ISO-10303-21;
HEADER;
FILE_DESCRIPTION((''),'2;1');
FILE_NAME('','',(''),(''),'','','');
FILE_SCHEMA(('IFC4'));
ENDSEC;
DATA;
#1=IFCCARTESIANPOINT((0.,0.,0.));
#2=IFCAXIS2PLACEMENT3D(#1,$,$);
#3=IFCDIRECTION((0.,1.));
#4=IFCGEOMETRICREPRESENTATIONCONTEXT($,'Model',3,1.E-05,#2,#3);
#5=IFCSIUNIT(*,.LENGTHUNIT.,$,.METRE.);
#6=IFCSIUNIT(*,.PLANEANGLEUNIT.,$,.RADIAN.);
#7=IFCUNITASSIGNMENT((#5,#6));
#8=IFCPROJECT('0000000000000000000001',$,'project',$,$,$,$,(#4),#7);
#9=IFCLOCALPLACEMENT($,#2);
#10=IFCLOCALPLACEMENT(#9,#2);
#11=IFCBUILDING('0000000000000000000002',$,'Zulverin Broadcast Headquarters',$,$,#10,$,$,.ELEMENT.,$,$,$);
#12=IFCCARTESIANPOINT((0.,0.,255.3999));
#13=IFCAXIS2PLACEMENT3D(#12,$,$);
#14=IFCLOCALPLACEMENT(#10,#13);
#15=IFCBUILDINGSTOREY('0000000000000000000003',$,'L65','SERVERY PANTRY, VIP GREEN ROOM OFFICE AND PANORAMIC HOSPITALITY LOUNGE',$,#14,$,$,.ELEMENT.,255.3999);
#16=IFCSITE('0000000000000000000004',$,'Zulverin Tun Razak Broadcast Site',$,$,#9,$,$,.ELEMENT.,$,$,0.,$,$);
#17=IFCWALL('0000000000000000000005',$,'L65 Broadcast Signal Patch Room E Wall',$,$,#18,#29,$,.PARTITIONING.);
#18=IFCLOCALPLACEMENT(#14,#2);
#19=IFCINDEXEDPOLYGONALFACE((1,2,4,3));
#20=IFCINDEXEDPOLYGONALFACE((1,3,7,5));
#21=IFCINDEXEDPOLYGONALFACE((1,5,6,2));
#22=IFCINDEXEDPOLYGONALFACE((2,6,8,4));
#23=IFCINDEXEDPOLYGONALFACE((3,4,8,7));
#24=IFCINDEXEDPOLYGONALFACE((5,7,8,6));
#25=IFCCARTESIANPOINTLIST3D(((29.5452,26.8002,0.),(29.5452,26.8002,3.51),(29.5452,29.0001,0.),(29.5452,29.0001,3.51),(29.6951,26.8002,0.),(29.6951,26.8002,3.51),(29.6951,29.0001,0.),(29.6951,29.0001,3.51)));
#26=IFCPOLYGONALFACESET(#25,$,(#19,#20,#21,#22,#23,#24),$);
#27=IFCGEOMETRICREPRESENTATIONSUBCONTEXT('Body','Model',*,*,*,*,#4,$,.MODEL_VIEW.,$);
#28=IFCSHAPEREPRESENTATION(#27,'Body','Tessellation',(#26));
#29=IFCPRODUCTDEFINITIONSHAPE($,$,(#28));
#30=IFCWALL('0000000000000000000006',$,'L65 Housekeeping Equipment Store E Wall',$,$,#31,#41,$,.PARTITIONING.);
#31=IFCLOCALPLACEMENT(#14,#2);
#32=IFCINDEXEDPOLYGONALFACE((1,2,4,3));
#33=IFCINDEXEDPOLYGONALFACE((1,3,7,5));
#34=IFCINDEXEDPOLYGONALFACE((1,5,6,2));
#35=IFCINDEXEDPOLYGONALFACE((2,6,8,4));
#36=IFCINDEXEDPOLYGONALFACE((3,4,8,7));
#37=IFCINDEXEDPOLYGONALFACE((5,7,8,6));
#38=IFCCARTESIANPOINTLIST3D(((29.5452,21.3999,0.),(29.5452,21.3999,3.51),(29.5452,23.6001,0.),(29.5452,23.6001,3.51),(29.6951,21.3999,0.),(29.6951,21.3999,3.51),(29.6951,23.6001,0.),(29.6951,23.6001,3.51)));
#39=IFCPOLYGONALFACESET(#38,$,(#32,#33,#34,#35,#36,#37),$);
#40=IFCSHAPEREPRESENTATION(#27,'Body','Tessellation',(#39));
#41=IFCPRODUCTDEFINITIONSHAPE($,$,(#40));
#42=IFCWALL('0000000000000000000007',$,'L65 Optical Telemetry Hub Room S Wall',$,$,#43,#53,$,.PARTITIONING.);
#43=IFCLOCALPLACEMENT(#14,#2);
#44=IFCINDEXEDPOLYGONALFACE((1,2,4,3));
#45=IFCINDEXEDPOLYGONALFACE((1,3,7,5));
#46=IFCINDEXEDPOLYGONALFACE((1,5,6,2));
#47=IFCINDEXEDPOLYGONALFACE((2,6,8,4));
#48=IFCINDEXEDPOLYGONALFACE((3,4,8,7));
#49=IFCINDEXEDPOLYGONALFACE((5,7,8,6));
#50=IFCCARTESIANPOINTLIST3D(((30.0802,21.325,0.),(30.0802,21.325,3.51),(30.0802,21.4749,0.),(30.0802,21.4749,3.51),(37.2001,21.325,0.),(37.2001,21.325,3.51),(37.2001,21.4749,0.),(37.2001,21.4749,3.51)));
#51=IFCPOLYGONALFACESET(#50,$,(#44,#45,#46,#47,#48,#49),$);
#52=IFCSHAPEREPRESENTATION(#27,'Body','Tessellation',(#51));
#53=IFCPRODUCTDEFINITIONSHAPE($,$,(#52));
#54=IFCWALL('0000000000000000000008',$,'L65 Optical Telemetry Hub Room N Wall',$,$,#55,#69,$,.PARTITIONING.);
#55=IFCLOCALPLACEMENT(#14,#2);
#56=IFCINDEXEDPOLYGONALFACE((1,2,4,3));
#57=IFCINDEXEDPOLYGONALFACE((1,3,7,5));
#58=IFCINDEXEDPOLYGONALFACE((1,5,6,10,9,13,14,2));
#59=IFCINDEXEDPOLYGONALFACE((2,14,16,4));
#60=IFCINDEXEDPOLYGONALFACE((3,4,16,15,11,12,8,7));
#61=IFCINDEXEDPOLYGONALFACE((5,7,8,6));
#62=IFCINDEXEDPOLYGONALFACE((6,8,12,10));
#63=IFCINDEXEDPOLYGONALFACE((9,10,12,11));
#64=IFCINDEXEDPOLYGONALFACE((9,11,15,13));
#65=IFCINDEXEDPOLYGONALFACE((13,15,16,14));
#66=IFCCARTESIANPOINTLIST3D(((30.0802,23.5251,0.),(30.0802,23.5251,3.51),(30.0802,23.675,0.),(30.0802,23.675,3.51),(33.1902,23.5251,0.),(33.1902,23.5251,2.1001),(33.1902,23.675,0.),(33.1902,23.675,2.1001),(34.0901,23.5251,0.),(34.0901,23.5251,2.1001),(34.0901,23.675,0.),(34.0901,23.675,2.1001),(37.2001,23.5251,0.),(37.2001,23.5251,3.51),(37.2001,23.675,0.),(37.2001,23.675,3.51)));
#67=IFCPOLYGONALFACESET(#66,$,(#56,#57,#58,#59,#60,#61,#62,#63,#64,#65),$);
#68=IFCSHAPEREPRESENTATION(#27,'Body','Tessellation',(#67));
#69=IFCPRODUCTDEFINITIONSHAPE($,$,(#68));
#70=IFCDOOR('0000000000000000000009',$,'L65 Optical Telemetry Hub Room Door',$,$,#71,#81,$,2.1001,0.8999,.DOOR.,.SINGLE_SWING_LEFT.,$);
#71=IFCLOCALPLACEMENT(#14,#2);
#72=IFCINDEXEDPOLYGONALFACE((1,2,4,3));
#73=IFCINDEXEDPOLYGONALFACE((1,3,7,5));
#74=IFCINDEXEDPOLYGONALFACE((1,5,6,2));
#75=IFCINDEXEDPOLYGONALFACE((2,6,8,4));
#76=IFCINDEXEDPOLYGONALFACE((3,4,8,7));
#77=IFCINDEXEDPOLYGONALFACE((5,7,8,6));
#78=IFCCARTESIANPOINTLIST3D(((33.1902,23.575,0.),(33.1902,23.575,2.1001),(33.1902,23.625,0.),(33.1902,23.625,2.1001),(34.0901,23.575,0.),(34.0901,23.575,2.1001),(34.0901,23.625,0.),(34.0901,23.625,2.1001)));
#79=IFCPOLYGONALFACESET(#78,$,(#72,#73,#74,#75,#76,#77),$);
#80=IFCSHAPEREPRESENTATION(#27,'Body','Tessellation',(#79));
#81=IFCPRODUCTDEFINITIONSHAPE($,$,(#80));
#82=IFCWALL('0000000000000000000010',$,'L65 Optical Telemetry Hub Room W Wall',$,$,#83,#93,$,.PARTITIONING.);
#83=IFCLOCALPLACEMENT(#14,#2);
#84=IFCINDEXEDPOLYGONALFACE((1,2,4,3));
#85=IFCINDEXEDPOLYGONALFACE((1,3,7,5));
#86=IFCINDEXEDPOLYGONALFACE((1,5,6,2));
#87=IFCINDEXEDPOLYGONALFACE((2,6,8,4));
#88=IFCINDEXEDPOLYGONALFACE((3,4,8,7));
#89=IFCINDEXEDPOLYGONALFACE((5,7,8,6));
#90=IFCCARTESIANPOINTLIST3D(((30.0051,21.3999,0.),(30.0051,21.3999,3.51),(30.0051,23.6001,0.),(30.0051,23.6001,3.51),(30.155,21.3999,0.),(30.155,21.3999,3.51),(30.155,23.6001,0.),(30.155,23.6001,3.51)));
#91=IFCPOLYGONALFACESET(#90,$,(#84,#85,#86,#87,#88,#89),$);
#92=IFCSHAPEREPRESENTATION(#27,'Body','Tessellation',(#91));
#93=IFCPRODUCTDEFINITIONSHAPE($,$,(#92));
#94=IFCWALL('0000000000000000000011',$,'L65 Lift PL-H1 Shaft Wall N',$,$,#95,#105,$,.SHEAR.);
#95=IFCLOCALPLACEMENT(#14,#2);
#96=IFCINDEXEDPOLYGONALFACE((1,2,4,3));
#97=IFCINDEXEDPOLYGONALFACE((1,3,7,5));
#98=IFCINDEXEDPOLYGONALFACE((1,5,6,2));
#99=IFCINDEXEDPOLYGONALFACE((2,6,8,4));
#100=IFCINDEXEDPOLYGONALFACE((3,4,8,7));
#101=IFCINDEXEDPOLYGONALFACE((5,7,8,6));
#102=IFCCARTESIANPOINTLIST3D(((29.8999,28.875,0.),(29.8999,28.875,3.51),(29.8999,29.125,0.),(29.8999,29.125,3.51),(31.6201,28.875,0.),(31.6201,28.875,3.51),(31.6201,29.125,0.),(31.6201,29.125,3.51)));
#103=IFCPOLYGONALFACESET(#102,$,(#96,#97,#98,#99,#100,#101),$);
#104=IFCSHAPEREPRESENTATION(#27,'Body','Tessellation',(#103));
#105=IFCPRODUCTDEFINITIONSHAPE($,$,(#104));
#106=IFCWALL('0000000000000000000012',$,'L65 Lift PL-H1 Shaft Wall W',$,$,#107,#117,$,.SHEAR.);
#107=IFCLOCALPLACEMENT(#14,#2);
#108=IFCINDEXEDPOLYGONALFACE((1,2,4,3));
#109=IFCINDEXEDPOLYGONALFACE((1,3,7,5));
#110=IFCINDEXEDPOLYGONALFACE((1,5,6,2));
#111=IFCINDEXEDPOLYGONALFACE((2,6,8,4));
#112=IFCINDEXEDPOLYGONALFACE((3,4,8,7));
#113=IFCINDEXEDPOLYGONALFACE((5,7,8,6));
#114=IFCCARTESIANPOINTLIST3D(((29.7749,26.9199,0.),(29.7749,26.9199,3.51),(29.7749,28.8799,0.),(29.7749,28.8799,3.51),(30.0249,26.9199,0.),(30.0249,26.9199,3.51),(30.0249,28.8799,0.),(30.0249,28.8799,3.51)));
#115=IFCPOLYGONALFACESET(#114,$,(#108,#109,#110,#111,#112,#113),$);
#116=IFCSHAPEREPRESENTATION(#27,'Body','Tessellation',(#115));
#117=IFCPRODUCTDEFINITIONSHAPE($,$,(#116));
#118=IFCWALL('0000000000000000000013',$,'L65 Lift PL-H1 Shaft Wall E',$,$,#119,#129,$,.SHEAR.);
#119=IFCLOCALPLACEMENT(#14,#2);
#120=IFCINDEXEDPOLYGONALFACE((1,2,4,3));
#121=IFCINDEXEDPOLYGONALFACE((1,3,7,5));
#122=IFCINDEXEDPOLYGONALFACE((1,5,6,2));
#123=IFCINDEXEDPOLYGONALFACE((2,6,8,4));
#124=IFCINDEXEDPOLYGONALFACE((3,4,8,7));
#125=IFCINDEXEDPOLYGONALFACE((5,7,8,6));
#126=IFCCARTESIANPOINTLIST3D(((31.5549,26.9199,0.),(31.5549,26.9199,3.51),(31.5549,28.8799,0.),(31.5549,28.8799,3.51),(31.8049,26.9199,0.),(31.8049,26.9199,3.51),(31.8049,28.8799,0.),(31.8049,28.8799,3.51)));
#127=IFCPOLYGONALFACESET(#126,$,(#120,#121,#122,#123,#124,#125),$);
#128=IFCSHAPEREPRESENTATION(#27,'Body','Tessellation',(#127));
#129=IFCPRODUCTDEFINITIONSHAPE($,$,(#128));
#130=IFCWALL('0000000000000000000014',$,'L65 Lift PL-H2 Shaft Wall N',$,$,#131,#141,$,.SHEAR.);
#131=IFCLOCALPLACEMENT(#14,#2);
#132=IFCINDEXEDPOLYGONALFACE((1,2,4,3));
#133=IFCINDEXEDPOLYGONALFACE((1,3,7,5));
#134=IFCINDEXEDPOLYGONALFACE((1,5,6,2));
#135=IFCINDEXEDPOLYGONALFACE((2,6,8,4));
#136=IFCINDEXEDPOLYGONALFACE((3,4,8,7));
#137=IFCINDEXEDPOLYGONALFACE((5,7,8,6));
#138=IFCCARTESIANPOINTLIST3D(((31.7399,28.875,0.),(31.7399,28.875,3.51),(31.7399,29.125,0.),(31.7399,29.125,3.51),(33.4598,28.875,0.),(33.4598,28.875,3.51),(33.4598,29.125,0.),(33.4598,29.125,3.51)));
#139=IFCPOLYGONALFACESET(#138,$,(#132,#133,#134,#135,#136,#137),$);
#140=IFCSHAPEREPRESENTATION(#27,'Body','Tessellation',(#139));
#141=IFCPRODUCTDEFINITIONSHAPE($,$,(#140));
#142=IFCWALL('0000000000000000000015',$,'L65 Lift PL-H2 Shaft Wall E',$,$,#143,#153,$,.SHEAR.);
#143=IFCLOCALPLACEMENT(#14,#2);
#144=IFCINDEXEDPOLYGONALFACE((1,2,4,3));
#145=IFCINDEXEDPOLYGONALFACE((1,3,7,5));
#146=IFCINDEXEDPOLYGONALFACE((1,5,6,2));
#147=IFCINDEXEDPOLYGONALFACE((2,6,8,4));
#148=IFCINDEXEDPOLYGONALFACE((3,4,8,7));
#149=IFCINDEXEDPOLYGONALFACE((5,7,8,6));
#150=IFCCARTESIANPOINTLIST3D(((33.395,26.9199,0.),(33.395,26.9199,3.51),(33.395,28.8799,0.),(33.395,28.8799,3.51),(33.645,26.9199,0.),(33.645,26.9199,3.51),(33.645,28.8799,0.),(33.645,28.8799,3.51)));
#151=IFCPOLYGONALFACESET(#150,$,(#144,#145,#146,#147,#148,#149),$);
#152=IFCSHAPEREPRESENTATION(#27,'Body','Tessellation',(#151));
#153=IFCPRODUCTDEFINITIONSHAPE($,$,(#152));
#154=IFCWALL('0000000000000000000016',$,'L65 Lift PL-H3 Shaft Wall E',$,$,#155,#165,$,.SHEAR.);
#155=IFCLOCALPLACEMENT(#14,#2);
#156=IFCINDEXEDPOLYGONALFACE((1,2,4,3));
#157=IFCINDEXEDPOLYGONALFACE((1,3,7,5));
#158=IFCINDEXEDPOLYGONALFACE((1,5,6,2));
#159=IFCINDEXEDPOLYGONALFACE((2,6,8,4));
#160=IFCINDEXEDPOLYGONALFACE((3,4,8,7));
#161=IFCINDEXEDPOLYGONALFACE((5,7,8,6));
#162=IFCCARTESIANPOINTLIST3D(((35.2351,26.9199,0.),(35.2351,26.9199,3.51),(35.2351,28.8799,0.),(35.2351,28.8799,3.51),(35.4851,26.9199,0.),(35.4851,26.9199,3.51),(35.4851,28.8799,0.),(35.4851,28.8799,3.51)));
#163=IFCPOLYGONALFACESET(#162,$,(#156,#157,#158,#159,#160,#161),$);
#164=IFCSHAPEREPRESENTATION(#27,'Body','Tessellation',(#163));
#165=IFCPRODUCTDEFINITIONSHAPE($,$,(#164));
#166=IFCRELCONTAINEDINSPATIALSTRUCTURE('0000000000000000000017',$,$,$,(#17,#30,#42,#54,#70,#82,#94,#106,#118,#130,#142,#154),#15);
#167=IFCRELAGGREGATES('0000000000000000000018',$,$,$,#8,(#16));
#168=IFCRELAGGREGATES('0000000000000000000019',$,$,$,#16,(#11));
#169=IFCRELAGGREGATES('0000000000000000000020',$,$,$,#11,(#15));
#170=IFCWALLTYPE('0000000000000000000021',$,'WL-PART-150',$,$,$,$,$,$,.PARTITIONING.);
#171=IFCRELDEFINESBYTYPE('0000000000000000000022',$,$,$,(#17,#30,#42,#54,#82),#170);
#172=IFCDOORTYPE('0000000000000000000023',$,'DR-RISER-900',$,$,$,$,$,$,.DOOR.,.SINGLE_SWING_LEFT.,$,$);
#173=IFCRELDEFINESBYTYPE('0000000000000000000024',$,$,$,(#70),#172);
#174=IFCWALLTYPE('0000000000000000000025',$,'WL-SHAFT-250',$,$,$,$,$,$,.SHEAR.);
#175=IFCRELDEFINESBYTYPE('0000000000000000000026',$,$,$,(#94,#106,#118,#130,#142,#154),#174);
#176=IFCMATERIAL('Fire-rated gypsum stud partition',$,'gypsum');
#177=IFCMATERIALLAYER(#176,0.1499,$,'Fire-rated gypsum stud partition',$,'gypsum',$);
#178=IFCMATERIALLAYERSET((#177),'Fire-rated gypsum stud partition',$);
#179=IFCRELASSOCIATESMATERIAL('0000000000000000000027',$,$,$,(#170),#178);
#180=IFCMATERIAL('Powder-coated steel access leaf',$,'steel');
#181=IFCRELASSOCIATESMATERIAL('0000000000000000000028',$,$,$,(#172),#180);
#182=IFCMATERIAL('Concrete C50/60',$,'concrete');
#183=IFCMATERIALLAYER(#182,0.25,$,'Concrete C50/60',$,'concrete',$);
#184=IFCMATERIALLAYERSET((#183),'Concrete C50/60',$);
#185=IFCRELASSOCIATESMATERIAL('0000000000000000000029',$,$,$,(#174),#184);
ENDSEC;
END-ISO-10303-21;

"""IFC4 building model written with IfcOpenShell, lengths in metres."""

from ifc_helpers import new_model, si_unit, direction, frame, frame_2d, origin, place, context, subcontext, project, spatial, rectangle, extrude, material, layer, layer_set, type_object, element, fill, save


model = new_model("IFC4")

# Units and contexts
model_context = context("Model", 3, precision=1e-05, world=origin(), true_north=direction((0.0, 1.0)))
body_context = subcontext(model_context, "Body", "Model", "MODEL_VIEW")
ifc_project = project(units=[si_unit("LENGTHUNIT", "METRE"), si_unit("PLANEANGLEUNIT", "RADIAN")], contexts=[model_context])

# Site, building, storey
site_placement = place(None, origin())
site = spatial("IfcSite", under=ifc_project, at=site_placement, Name="Zulverin Tun Razak Broadcast Site", CompositionType="ELEMENT", RefElevation=0.0)
building_placement = place(site_placement, origin())
building = spatial("IfcBuilding", under=site, at=building_placement, Name="Zulverin Broadcast Headquarters", CompositionType="ELEMENT")
storey_placement = place(building_placement, frame((0.0, 0.0, 255.3999)))
storey = spatial("IfcBuildingStorey", under=building, at=storey_placement, Name="L65", Description="SERVERY PANTRY, VIP GREEN ROOM OFFICE AND PANORAMIC HOSPITALITY LOUNGE", CompositionType="ELEMENT", Elevation=255.3999)

# Walls
ifc_material_1 = material(Name="Fire-rated gypsum stud partition", Category="gypsum")
ifc_layer_1 = layer(ifc_material_1, 0.1499, Name="Fire-rated gypsum stud partition", Category="gypsum")
ifc_layer_set_1 = layer_set([ifc_layer_1], Name="Fire-rated gypsum stud partition")
wall_type_1 = type_object("IfcWallType", Name="WL-PART-150", PredefinedType="PARTITIONING", material=ifc_layer_set_1)
wall_1_placement = place(storey_placement, frame((29.6201, 26.8, 0.0), z_axis=(0.0, 0.0, 1.0), x_axis=(0.0, 1.0, 0.0)))
element("IfcWall", 1, at=wall_1_placement, inside=storey, type_object=wall_type_1, Name="L65 Broadcast Signal Patch Room E Wall", PredefinedType="PARTITIONING", context=body_context, shape_type="SweptSolid", body=[
    extrude(rectangle(XDim=2.2, YDim=0.1499, at=frame_2d((1.1001, 0.0))), origin(), (0.0, 0.0, 1.0), 3.51),
])
wall_2_placement = place(storey_placement, frame((29.6201, 21.3999, 0.0), z_axis=(0.0, 0.0, 1.0), x_axis=(0.0, 1.0, 0.0)))
element("IfcWall", 2, at=wall_2_placement, inside=storey, type_object=wall_type_1, Name="L65 Housekeeping Equipment Store E Wall", PredefinedType="PARTITIONING", context=body_context, shape_type="SweptSolid", body=[
    extrude(rectangle(XDim=2.2002, YDim=0.1499, at=frame_2d((1.1001, 0.0))), origin(), (0.0, 0.0, 1.0), 3.51),
])
wall_3_placement = place(storey_placement, frame((30.0801, 21.3999, 0.0), z_axis=(0.0, 0.0, 1.0), x_axis=(1.0, 0.0, 0.0)))
element("IfcWall", 3, at=wall_3_placement, inside=storey, type_object=wall_type_1, Name="L65 Optical Telemetry Hub Room S Wall", PredefinedType="PARTITIONING", context=body_context, shape_type="SweptSolid", body=[
    extrude(rectangle(XDim=7.1199, YDim=0.1499, at=frame_2d((3.5601, 0.0))), origin(), (0.0, 0.0, 1.0), 3.51),
])

# Wall, opening, door
wall_4_placement = place(storey_placement, frame((30.0801, 23.6001, 0.0), z_axis=(0.0, 0.0, 1.0), x_axis=(1.0, 0.0, 0.0)))
wall_4 = element("IfcWall", 4, at=wall_4_placement, inside=storey, type_object=wall_type_1, Name="L65 Optical Telemetry Hub Room N Wall", PredefinedType="PARTITIONING", context=body_context, shape_type="SweptSolid", body=[
    extrude(rectangle(XDim=7.1199, YDim=0.1499, at=frame_2d((3.5601, 0.0))), origin(), (0.0, 0.0, 1.0), 3.51),
])
opening_1_placement = place(wall_4_placement, frame((3.1101, 0.0, 0.0)))
opening_1 = element("IfcOpeningElement", 5, at=opening_1_placement, cuts=wall_4, PredefinedType="OPENING", context=body_context, shape_type="SweptSolid", body=[
    extrude(rectangle(XDim=0.8999, YDim=2.1001, at=frame_2d((0.45, 1.05))), frame((0.0, 0.085, 0.0), z_axis=(0.0, -1.0, 0.0), x_axis=(1.0, 0.0, 0.0)), (0.0, 0.0, 1.0), 0.1699),
])
ifc_material_2 = material(Name="Powder-coated steel access leaf", Category="steel")
door_type_1 = type_object("IfcDoorType", Name="DR-RISER-900", OperationType="SINGLE_SWING_LEFT", PredefinedType="DOOR", material=ifc_material_2)
door_1_placement = place(opening_1_placement, origin())
door_1 = element("IfcDoor", 6, at=door_1_placement, inside=storey, type_object=door_type_1, Name="L65 Optical Telemetry Hub Room Door", OperationType="SINGLE_SWING_LEFT", OverallHeight=2.1001, OverallWidth=0.8999, PredefinedType="DOOR", context=body_context, shape_type="SweptSolid", body=[
    extrude(rectangle(XDim=0.8999, YDim=2.1001, at=frame_2d((0.45, 1.05))), frame((0.0, 0.0249, 0.0), z_axis=(0.0, -1.0, 0.0), x_axis=(1.0, 0.0, 0.0)), (0.0, 0.0, 1.0), 0.05),
])
fill(opening_1, door_1)

# Wall
wall_5_placement = place(storey_placement, frame((30.0801, 21.3999, 0.0), z_axis=(0.0, 0.0, 1.0), x_axis=(0.0, 1.0, 0.0)))
element("IfcWall", 7, at=wall_5_placement, inside=storey, type_object=wall_type_1, Name="L65 Optical Telemetry Hub Room W Wall", PredefinedType="PARTITIONING", context=body_context, shape_type="SweptSolid", body=[
    extrude(rectangle(XDim=2.2002, YDim=0.1499, at=frame_2d((1.1001, 0.0))), origin(), (0.0, 0.0, 1.0), 3.51),
])

# Shared definitions
ifc_material_3 = material(Name="Concrete C50/60", Category="concrete")
ifc_layer_2 = layer(ifc_material_3, 0.25, Name="Concrete C50/60", Category="concrete")
ifc_layer_set_2 = layer_set([ifc_layer_2], Name="Concrete C50/60")
wall_type_2 = type_object("IfcWallType", Name="WL-SHAFT-250", PredefinedType="SHEAR", material=ifc_layer_set_2)

# Walls
wall_6_placement = place(storey_placement, frame((29.8999, 29.0, 0.0), z_axis=(0.0, 0.0, 1.0), x_axis=(1.0, 0.0, 0.0)))
element("IfcWall", 8, at=wall_6_placement, inside=storey, type_object=wall_type_2, Name="L65 Lift PL-H1 Shaft Wall N", PredefinedType="SHEAR", context=body_context, shape_type="SweptSolid", body=[
    extrude(rectangle(XDim=1.7202, YDim=0.25, at=frame_2d((0.8601, 0.0))), origin(), (0.0, 0.0, 1.0), 3.51),
])
for number, where, z_axis, x_axis, name in (
    (9, (29.8999, 26.9199, 0.0), (0.0, 0.0, 1.0), (0.0, 1.0, 0.0), "L65 Lift PL-H1 Shaft Wall W"),
    (10, (31.6799, 26.9199, 0.0), (0.0, 0.0, 1.0), (0.0, 1.0, 0.0), "L65 Lift PL-H1 Shaft Wall E"),
):
    element("IfcWall", number, at=place(storey_placement, frame(where, z_axis=z_axis, x_axis=x_axis)), inside=storey, type_object=wall_type_2, Name=name, PredefinedType="SHEAR", context=body_context, shape_type="SweptSolid", body=[
        extrude(rectangle(XDim=1.96, YDim=0.25, at=frame_2d((0.98, 0.0))), origin(), (0.0, 0.0, 1.0), 3.51),
    ])

# Walls
wall_7_placement = place(storey_placement, frame((31.74, 29.0, 0.0), z_axis=(0.0, 0.0, 1.0), x_axis=(1.0, 0.0, 0.0)))
element("IfcWall", 11, at=wall_7_placement, inside=storey, type_object=wall_type_2, Name="L65 Lift PL-H2 Shaft Wall N", PredefinedType="SHEAR", context=body_context, shape_type="SweptSolid", body=[
    extrude(rectangle(XDim=1.72, YDim=0.25, at=frame_2d((0.8599, 0.0))), origin(), (0.0, 0.0, 1.0), 3.51),
])
wall_8_placement = place(storey_placement, frame((33.52, 26.9199, 0.0), z_axis=(0.0, 0.0, 1.0), x_axis=(0.0, 1.0, 0.0)))
element("IfcWall", 12, at=wall_8_placement, inside=storey, type_object=wall_type_2, Name="L65 Lift PL-H2 Shaft Wall E", PredefinedType="SHEAR", context=body_context, shape_type="SweptSolid", body=[
    extrude(rectangle(XDim=1.96, YDim=0.25, at=frame_2d((0.98, 0.0))), origin(), (0.0, 0.0, 1.0), 3.51),
])

# Wall
wall_9_placement = place(storey_placement, frame((35.3601, 26.9199, 0.0), z_axis=(0.0, 0.0, 1.0), x_axis=(0.0, 1.0, 0.0)))
element("IfcWall", 13, at=wall_9_placement, inside=storey, type_object=wall_type_2, Name="L65 Lift PL-H3 Shaft Wall E", PredefinedType="SHEAR", context=body_context, shape_type="SweptSolid", body=[
    extrude(rectangle(XDim=1.96, YDim=0.25, at=frame_2d((0.98, 0.0))), origin(), (0.0, 0.0, 1.0), 3.51),
])

save(model, "model.ifc")
